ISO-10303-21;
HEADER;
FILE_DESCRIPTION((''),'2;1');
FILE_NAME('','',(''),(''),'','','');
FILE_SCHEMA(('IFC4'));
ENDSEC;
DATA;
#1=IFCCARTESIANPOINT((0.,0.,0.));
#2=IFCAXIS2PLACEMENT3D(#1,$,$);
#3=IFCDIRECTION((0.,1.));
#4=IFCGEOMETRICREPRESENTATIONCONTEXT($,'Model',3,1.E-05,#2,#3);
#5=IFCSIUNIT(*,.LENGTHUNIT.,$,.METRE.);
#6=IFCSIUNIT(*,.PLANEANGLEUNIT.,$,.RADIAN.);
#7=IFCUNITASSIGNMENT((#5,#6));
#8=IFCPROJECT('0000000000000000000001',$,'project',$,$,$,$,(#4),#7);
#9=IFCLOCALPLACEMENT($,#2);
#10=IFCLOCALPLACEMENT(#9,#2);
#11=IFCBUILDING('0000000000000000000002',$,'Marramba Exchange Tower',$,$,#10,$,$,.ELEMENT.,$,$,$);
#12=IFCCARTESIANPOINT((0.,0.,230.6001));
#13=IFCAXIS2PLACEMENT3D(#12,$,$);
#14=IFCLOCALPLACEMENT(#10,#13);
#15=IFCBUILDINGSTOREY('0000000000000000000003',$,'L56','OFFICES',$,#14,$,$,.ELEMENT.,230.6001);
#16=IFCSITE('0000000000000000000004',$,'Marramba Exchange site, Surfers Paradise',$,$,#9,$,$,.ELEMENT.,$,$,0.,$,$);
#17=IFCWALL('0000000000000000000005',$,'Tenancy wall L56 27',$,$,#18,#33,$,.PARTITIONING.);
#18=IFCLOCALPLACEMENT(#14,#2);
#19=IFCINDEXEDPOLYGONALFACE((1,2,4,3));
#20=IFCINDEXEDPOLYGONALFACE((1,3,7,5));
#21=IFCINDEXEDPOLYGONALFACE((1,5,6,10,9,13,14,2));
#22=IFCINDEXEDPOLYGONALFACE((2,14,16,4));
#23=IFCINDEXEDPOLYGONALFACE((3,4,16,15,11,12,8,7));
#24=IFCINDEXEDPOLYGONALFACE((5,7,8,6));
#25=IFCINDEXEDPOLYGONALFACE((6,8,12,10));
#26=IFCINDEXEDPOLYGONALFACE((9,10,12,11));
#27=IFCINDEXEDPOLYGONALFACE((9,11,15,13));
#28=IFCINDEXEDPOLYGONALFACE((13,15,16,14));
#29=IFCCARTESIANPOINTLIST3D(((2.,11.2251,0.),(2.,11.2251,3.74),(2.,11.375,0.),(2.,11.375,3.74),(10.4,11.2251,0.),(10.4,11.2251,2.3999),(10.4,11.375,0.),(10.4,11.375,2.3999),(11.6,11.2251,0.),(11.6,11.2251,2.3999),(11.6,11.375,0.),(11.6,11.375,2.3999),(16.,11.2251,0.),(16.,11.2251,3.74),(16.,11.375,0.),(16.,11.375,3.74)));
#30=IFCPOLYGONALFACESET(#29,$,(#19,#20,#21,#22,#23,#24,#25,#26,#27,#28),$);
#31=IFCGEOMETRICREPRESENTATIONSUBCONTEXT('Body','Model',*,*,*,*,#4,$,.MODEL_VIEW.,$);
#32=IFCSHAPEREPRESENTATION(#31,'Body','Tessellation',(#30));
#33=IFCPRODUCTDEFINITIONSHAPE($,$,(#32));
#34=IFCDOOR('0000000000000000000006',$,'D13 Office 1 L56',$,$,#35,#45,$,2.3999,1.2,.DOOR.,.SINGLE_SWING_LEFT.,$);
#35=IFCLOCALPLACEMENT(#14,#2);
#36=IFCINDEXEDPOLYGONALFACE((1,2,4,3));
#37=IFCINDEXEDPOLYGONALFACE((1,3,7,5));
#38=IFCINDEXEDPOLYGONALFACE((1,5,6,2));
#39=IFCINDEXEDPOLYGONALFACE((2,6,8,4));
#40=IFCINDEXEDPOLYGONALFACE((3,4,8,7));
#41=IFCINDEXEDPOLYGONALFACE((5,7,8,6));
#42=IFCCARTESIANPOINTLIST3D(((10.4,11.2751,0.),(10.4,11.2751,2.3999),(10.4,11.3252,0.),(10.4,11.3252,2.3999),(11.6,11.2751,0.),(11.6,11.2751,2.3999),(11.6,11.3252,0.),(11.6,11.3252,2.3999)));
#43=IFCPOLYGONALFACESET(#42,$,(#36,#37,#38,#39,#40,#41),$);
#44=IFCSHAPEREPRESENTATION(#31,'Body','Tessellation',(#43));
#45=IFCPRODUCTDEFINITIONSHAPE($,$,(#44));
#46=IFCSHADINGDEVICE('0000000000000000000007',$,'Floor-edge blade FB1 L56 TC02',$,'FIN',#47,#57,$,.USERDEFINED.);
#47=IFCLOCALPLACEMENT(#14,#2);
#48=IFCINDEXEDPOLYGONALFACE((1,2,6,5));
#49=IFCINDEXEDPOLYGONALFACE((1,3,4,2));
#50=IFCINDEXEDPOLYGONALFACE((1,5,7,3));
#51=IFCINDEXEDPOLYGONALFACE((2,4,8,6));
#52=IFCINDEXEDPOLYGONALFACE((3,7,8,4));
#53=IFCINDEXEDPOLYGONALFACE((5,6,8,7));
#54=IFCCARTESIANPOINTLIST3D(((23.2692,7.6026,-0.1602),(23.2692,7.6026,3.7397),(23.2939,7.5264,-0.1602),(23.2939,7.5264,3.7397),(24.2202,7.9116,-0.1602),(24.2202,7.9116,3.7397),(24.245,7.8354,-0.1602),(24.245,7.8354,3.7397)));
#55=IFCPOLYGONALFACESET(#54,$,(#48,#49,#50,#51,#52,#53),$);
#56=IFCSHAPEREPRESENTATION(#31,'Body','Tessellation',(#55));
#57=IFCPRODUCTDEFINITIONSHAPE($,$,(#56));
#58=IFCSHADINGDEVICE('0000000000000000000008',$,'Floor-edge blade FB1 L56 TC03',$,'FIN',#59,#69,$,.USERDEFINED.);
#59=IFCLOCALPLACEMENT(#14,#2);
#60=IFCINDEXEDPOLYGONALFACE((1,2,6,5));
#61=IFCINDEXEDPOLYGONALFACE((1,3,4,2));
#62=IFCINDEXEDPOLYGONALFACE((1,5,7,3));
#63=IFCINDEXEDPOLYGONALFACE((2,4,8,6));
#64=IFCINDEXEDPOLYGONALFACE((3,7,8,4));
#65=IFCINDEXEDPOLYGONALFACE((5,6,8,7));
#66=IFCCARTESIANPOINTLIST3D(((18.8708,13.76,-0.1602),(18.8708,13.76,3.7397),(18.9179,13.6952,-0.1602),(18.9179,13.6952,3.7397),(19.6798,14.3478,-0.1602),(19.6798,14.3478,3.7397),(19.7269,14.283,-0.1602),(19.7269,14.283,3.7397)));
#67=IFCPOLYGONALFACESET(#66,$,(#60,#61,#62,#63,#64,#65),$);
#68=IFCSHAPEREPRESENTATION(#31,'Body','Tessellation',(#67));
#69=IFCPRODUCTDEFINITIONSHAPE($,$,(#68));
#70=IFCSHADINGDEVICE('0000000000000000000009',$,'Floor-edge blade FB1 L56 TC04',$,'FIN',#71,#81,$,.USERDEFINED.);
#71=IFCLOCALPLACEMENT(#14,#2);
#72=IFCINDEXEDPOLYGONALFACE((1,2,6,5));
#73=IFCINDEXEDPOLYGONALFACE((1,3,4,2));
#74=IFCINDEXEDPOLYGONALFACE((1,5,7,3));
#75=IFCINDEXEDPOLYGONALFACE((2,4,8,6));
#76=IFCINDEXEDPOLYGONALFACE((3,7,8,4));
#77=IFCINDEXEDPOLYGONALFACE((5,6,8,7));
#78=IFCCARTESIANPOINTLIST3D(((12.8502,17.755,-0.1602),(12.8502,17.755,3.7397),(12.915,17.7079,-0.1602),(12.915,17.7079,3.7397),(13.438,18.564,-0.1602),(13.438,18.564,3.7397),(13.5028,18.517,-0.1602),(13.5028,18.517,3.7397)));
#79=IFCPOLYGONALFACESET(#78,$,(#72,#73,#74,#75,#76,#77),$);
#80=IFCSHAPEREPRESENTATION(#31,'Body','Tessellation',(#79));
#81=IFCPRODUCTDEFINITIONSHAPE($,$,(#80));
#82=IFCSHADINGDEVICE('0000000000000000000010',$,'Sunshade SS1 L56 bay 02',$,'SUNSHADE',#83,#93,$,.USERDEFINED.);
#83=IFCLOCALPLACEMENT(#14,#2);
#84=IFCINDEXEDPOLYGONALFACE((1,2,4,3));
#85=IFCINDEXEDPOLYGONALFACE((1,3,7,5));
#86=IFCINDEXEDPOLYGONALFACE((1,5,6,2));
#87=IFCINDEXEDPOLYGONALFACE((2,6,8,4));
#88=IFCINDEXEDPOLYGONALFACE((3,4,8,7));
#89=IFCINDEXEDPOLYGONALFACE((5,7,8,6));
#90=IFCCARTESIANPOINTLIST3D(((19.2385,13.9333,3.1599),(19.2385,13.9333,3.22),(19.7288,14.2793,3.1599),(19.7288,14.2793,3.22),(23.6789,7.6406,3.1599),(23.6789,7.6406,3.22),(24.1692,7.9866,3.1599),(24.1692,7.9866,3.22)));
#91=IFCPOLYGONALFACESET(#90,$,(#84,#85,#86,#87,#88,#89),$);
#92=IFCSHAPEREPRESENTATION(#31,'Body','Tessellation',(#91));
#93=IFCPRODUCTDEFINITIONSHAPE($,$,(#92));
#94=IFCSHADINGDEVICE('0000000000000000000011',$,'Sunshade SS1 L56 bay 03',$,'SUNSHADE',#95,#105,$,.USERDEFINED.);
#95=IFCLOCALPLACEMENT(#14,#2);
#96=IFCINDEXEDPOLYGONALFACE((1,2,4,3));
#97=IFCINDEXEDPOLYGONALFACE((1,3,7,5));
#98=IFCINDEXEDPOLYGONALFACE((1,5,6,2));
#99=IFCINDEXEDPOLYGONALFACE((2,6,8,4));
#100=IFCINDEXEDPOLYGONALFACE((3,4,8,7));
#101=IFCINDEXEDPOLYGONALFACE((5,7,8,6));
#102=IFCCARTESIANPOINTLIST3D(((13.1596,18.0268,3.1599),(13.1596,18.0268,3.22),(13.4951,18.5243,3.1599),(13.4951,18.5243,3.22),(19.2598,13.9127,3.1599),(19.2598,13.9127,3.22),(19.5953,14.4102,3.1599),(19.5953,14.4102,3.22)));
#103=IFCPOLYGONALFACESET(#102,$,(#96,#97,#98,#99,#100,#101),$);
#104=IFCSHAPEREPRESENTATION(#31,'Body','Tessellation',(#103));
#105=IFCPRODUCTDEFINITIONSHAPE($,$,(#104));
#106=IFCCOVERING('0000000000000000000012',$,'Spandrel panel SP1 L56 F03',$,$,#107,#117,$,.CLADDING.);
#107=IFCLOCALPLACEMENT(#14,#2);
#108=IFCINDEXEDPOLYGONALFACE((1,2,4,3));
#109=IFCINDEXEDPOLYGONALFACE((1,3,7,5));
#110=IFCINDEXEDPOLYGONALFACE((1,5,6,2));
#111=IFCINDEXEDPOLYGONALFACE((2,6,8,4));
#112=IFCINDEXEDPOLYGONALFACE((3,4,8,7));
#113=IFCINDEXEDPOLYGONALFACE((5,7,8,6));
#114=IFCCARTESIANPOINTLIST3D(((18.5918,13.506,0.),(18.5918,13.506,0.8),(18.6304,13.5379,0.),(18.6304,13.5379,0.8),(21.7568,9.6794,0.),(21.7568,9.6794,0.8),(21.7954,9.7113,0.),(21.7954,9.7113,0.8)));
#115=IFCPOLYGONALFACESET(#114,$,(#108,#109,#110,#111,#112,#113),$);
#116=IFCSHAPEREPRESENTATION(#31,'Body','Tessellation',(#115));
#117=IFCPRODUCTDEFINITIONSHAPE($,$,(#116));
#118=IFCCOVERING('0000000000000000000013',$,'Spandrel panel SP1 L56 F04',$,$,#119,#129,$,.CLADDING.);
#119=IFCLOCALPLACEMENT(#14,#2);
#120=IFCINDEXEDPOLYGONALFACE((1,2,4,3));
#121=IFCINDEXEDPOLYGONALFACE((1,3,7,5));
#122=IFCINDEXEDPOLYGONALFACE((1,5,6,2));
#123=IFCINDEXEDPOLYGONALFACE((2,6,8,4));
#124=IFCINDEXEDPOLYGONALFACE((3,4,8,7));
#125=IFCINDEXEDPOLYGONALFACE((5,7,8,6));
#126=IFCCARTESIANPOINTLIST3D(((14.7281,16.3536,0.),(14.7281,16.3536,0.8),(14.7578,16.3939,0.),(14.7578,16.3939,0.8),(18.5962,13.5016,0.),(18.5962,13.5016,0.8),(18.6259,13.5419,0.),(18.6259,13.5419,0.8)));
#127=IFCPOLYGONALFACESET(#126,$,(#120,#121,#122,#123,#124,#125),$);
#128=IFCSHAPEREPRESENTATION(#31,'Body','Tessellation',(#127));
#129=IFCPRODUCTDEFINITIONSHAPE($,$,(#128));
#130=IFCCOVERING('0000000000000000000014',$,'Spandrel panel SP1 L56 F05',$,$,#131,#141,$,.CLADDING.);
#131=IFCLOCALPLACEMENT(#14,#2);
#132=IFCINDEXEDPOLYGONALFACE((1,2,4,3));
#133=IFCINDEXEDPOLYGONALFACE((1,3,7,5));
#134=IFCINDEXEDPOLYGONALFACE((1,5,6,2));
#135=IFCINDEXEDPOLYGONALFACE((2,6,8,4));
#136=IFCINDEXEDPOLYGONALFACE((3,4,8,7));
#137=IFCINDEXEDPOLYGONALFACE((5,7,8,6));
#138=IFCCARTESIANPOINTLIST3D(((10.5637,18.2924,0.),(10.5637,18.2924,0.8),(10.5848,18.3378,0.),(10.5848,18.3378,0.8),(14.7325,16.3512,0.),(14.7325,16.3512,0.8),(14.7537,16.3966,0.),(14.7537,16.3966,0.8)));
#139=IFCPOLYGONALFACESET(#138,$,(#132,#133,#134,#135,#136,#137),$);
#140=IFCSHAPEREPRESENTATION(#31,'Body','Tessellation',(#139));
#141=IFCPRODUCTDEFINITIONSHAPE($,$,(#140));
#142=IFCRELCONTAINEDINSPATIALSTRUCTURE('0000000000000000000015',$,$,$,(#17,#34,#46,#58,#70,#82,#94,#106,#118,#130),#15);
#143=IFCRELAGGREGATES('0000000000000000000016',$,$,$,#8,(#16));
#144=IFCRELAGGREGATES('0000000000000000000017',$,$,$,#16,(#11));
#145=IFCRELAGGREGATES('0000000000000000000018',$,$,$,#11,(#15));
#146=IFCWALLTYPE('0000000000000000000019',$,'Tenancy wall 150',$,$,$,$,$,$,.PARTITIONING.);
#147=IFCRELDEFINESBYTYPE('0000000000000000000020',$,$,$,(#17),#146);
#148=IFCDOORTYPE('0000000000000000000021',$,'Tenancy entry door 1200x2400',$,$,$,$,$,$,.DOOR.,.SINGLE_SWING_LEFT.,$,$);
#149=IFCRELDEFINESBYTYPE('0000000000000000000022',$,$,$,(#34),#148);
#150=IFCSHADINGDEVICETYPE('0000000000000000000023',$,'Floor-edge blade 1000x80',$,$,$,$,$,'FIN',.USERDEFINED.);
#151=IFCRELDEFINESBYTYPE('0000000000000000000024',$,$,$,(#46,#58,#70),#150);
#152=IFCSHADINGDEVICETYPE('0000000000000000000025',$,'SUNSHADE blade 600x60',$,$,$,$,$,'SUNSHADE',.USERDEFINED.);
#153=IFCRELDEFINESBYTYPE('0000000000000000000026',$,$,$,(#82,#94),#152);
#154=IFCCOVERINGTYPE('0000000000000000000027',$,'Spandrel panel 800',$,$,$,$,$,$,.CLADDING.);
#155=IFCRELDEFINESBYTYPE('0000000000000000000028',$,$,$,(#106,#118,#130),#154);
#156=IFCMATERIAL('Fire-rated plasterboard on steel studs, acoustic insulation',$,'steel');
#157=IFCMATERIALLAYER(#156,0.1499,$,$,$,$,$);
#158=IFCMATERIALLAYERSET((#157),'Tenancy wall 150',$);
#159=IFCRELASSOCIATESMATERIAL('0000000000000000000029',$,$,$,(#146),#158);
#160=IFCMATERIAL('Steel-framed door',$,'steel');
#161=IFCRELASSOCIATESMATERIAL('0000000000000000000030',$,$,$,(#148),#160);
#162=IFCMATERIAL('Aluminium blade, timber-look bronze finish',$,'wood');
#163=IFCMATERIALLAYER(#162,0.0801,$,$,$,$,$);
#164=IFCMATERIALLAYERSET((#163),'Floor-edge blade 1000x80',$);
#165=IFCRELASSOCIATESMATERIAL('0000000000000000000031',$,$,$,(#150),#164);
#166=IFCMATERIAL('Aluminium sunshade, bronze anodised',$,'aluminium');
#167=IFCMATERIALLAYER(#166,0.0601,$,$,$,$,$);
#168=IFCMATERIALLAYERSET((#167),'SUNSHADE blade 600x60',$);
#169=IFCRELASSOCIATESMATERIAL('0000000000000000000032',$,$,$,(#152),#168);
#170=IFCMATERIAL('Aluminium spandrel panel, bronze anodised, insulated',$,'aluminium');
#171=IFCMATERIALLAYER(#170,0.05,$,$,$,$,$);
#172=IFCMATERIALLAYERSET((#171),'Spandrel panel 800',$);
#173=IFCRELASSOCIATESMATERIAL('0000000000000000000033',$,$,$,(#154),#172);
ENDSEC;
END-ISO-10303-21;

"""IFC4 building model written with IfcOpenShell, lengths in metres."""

from ifc_helpers import new_model, si_unit, direction, frame, frame_2d, origin, origin_2d, place, context, subcontext, project, spatial, rectangle, extrude, material, layer, layer_set, type_object, element, fill, save


model = new_model("IFC4")

# Units and contexts
model_context = context("Model", 3, precision=1e-05, world=origin(), true_north=direction((0.0, 1.0)))
body_context = subcontext(model_context, "Body", "Model", "MODEL_VIEW")
ifc_project = project(units=[si_unit("LENGTHUNIT", "METRE"), si_unit("PLANEANGLEUNIT", "RADIAN")], contexts=[model_context])

# Site, building, storey
site_placement = place(None, origin())
site = spatial("IfcSite", under=ifc_project, at=site_placement, Name="Marramba Exchange site, Surfers Paradise", CompositionType="ELEMENT", RefElevation=0.0)
building_placement = place(site_placement, origin())
building = spatial("IfcBuilding", under=site, at=building_placement, Name="Marramba Exchange Tower", CompositionType="ELEMENT")
storey_placement = place(building_placement, frame((0.0, 0.0, 230.6001)))
storey = spatial("IfcBuildingStorey", under=building, at=storey_placement, Name="L56", Description="OFFICES", CompositionType="ELEMENT", Elevation=230.6001)

# Shared definitions
ifc_material_1 = material(Name="Steel-framed door", Category="steel")

# Wall, opening, door
ifc_material_2 = material(Name="Fire-rated plasterboard on steel studs, acoustic insulation", Category="steel")
ifc_layer_1 = layer(ifc_material_2, 0.1499)
ifc_layer_set_1 = layer_set([ifc_layer_1], Name="Tenancy wall 150")
wall_type_1 = type_object("IfcWallType", Name="Tenancy wall 150", PredefinedType="PARTITIONING", material=ifc_layer_set_1)
wall_1_placement = place(storey_placement, frame((16.0, 11.3, 0.0), z_axis=(0.0, 0.0, 1.0), x_axis=(-1.0, 0.0, 0.0)))
wall_1 = element("IfcWall", 1, at=wall_1_placement, inside=storey, type_object=wall_type_1, Name="Tenancy wall L56 27", PredefinedType="PARTITIONING", context=body_context, shape_type="SweptSolid", body=[
    extrude(rectangle(XDim=14.0, YDim=0.1499, at=frame_2d((7.0, 0.0))), origin(), (0.0, 0.0, 1.0), 3.74),
])
opening_1_placement = place(wall_1_placement, frame((4.3999, 0.0, 0.0)))
opening_1 = element("IfcOpeningElement", 2, at=opening_1_placement, cuts=wall_1, PredefinedType="OPENING", context=body_context, shape_type="SweptSolid", body=[
    extrude(rectangle(XDim=1.2, YDim=2.3999, at=frame_2d((0.6001, 1.2))), frame((0.0, 0.085, 0.0), z_axis=(0.0, -1.0, 0.0), x_axis=(1.0, 0.0, 0.0)), (0.0, 0.0, 1.0), 0.1699),
])
door_type_1 = type_object("IfcDoorType", Name="Tenancy entry door 1200x2400", OperationType="SINGLE_SWING_LEFT", PredefinedType="DOOR", material=ifc_material_1)
door_1_placement = place(opening_1_placement, origin())
door_1 = element("IfcDoor", 3, at=door_1_placement, inside=storey, type_object=door_type_1, Name="D13 Office 1 L56", OperationType="SINGLE_SWING_LEFT", OverallHeight=2.3999, OverallWidth=1.2, PredefinedType="DOOR", context=body_context, shape_type="SweptSolid", body=[
    extrude(rectangle(XDim=1.2, YDim=2.3999, at=frame_2d((0.6001, 1.2))), frame((0.0, 0.0249, 0.0), z_axis=(0.0, -1.0, 0.0), x_axis=(1.0, 0.0, 0.0)), (0.0, 0.0, 1.0), 0.05),
])
fill(opening_1, door_1)

# Shading devices
ifc_material_3 = material(Name="Aluminium blade, timber-look bronze finish", Category="wood")
ifc_layer_2 = layer(ifc_material_3, 0.0801)
ifc_layer_set_2 = layer_set([ifc_layer_2], Name="Floor-edge blade 1000x80")
shading_device_type_1 = type_object("IfcShadingDeviceType", Name="Floor-edge blade 1000x80", ElementType="FIN", PredefinedType="USERDEFINED", material=ifc_layer_set_2)
for number, where, z_axis, x_axis, name in (
    (4, (23.7571, 7.719, -0.1602), (0.0, 0.0, 1.0), (0.951057, 0.309017, 0.0), "Floor-edge blade FB1 L56 TC02"),
    (5, (19.2988, 14.0215, -0.1602), (0.0, 0.0, 1.0), (0.809017, 0.587785, 0.0), "Floor-edge blade FB1 L56 TC03"),
    (6, (13.1765, 18.136, -0.1602), (0.0, 0.0, 1.0), (0.587785, 0.809017, 0.0), "Floor-edge blade FB1 L56 TC04"),
):
    element("IfcShadingDevice", number, at=place(storey_placement, frame(where, z_axis=z_axis, x_axis=x_axis)), inside=storey, type_object=shading_device_type_1, Name=name, ObjectType="FIN", PredefinedType="USERDEFINED", context=body_context, shape_type="SweptSolid", body=[
        extrude(rectangle(XDim=1.0, YDim=0.0801, at=origin_2d()), origin(), (0.0, 0.0, 1.0), 3.8999),
    ])
ifc_material_4 = material(Name="Aluminium sunshade, bronze anodised", Category="aluminium")
ifc_layer_3 = layer(ifc_material_4, 0.0601)
ifc_layer_set_3 = layer_set([ifc_layer_3], Name="SUNSHADE blade 600x60")
shading_device_type_2 = type_object("IfcShadingDeviceType", Name="SUNSHADE blade 600x60", ElementType="SUNSHADE", PredefinedType="USERDEFINED", material=ifc_layer_set_3)
shading_device_1_placement = place(storey_placement, frame((21.7039, 10.96, 3.1599), z_axis=(0.0, 0.0, 1.0), x_axis=(-0.576555, 0.817058, 0.0)))
element("IfcShadingDevice", 7, at=shading_device_1_placement, inside=storey, type_object=shading_device_type_2, Name="Sunshade SS1 L56 bay 02", ObjectType="SUNSHADE", PredefinedType="USERDEFINED", context=body_context, shape_type="SweptSolid", body=[
    extrude(rectangle(XDim=7.7017, YDim=0.6001, at=origin_2d()), origin(), (0.0, 0.0, 1.0), 0.0601),
])
shading_device_2_placement = place(storey_placement, frame((16.3774, 16.2185, 3.1599), z_axis=(0.0, 0.0, 1.0), x_axis=(-0.829071, 0.559143, 0.0)))
element("IfcShadingDevice", 8, at=shading_device_2_placement, inside=storey, type_object=shading_device_type_2, Name="Sunshade SS1 L56 bay 03", ObjectType="SUNSHADE", PredefinedType="USERDEFINED", context=body_context, shape_type="SweptSolid", body=[
    extrude(rectangle(XDim=7.3579, YDim=0.6001, at=origin_2d()), origin(), (0.0, 0.0, 1.0), 0.0601),
])

# Coverings
ifc_material_5 = material(Name="Aluminium spandrel panel, bronze anodised, insulated", Category="aluminium")
ifc_layer_4 = layer(ifc_material_5, 0.05)
ifc_layer_set_4 = layer_set([ifc_layer_4], Name="Spandrel panel 800")
covering_type = type_object("IfcCoveringType", Name="Spandrel panel 800", PredefinedType="CLADDING", material=ifc_layer_set_4)
covering_1_placement = place(storey_placement, frame((20.1936, 11.6086, 0.0), z_axis=(0.0, 0.0, 1.0), x_axis=(-0.63735, 0.770574, 0.0)))
element("IfcCovering", 9, at=covering_1_placement, inside=storey, type_object=covering_type, Name="Spandrel panel SP1 L56 F03", PredefinedType="CLADDING", context=body_context, shape_type="SweptSolid", body=[
    extrude(rectangle(XDim=4.9658, YDim=0.05, at=origin_2d()), origin(), (0.0, 0.0, 1.0), 0.8),
])
covering_2_placement = place(storey_placement, frame((16.677, 14.9478, 0.0), z_axis=(0.0, 0.0, 1.0), x_axis=(-0.804877, 0.593441, 0.0)))
element("IfcCovering", 10, at=covering_2_placement, inside=storey, type_object=covering_type, Name="Spandrel panel SP1 L56 F04", PredefinedType="CLADDING", context=body_context, shape_type="SweptSolid", body=[
    extrude(rectangle(XDim=4.8059, YDim=0.05, at=origin_2d()), origin(), (0.0, 0.0, 1.0), 0.8),
])
covering_3_placement = place(storey_placement, frame((12.6587, 17.3445, 0.0), z_axis=(0.0, 0.0, 1.0), x_axis=(-0.906534, 0.422133, 0.0)))
element("IfcCovering", 11, at=covering_3_placement, inside=storey, type_object=covering_type, Name="Spandrel panel SP1 L56 F05", PredefinedType="CLADDING", context=body_context, shape_type="SweptSolid", body=[
    extrude(rectangle(XDim=4.5986, YDim=0.05, at=origin_2d()), origin(), (0.0, 0.0, 1.0), 0.8),
])

save(model, "model.ifc")
